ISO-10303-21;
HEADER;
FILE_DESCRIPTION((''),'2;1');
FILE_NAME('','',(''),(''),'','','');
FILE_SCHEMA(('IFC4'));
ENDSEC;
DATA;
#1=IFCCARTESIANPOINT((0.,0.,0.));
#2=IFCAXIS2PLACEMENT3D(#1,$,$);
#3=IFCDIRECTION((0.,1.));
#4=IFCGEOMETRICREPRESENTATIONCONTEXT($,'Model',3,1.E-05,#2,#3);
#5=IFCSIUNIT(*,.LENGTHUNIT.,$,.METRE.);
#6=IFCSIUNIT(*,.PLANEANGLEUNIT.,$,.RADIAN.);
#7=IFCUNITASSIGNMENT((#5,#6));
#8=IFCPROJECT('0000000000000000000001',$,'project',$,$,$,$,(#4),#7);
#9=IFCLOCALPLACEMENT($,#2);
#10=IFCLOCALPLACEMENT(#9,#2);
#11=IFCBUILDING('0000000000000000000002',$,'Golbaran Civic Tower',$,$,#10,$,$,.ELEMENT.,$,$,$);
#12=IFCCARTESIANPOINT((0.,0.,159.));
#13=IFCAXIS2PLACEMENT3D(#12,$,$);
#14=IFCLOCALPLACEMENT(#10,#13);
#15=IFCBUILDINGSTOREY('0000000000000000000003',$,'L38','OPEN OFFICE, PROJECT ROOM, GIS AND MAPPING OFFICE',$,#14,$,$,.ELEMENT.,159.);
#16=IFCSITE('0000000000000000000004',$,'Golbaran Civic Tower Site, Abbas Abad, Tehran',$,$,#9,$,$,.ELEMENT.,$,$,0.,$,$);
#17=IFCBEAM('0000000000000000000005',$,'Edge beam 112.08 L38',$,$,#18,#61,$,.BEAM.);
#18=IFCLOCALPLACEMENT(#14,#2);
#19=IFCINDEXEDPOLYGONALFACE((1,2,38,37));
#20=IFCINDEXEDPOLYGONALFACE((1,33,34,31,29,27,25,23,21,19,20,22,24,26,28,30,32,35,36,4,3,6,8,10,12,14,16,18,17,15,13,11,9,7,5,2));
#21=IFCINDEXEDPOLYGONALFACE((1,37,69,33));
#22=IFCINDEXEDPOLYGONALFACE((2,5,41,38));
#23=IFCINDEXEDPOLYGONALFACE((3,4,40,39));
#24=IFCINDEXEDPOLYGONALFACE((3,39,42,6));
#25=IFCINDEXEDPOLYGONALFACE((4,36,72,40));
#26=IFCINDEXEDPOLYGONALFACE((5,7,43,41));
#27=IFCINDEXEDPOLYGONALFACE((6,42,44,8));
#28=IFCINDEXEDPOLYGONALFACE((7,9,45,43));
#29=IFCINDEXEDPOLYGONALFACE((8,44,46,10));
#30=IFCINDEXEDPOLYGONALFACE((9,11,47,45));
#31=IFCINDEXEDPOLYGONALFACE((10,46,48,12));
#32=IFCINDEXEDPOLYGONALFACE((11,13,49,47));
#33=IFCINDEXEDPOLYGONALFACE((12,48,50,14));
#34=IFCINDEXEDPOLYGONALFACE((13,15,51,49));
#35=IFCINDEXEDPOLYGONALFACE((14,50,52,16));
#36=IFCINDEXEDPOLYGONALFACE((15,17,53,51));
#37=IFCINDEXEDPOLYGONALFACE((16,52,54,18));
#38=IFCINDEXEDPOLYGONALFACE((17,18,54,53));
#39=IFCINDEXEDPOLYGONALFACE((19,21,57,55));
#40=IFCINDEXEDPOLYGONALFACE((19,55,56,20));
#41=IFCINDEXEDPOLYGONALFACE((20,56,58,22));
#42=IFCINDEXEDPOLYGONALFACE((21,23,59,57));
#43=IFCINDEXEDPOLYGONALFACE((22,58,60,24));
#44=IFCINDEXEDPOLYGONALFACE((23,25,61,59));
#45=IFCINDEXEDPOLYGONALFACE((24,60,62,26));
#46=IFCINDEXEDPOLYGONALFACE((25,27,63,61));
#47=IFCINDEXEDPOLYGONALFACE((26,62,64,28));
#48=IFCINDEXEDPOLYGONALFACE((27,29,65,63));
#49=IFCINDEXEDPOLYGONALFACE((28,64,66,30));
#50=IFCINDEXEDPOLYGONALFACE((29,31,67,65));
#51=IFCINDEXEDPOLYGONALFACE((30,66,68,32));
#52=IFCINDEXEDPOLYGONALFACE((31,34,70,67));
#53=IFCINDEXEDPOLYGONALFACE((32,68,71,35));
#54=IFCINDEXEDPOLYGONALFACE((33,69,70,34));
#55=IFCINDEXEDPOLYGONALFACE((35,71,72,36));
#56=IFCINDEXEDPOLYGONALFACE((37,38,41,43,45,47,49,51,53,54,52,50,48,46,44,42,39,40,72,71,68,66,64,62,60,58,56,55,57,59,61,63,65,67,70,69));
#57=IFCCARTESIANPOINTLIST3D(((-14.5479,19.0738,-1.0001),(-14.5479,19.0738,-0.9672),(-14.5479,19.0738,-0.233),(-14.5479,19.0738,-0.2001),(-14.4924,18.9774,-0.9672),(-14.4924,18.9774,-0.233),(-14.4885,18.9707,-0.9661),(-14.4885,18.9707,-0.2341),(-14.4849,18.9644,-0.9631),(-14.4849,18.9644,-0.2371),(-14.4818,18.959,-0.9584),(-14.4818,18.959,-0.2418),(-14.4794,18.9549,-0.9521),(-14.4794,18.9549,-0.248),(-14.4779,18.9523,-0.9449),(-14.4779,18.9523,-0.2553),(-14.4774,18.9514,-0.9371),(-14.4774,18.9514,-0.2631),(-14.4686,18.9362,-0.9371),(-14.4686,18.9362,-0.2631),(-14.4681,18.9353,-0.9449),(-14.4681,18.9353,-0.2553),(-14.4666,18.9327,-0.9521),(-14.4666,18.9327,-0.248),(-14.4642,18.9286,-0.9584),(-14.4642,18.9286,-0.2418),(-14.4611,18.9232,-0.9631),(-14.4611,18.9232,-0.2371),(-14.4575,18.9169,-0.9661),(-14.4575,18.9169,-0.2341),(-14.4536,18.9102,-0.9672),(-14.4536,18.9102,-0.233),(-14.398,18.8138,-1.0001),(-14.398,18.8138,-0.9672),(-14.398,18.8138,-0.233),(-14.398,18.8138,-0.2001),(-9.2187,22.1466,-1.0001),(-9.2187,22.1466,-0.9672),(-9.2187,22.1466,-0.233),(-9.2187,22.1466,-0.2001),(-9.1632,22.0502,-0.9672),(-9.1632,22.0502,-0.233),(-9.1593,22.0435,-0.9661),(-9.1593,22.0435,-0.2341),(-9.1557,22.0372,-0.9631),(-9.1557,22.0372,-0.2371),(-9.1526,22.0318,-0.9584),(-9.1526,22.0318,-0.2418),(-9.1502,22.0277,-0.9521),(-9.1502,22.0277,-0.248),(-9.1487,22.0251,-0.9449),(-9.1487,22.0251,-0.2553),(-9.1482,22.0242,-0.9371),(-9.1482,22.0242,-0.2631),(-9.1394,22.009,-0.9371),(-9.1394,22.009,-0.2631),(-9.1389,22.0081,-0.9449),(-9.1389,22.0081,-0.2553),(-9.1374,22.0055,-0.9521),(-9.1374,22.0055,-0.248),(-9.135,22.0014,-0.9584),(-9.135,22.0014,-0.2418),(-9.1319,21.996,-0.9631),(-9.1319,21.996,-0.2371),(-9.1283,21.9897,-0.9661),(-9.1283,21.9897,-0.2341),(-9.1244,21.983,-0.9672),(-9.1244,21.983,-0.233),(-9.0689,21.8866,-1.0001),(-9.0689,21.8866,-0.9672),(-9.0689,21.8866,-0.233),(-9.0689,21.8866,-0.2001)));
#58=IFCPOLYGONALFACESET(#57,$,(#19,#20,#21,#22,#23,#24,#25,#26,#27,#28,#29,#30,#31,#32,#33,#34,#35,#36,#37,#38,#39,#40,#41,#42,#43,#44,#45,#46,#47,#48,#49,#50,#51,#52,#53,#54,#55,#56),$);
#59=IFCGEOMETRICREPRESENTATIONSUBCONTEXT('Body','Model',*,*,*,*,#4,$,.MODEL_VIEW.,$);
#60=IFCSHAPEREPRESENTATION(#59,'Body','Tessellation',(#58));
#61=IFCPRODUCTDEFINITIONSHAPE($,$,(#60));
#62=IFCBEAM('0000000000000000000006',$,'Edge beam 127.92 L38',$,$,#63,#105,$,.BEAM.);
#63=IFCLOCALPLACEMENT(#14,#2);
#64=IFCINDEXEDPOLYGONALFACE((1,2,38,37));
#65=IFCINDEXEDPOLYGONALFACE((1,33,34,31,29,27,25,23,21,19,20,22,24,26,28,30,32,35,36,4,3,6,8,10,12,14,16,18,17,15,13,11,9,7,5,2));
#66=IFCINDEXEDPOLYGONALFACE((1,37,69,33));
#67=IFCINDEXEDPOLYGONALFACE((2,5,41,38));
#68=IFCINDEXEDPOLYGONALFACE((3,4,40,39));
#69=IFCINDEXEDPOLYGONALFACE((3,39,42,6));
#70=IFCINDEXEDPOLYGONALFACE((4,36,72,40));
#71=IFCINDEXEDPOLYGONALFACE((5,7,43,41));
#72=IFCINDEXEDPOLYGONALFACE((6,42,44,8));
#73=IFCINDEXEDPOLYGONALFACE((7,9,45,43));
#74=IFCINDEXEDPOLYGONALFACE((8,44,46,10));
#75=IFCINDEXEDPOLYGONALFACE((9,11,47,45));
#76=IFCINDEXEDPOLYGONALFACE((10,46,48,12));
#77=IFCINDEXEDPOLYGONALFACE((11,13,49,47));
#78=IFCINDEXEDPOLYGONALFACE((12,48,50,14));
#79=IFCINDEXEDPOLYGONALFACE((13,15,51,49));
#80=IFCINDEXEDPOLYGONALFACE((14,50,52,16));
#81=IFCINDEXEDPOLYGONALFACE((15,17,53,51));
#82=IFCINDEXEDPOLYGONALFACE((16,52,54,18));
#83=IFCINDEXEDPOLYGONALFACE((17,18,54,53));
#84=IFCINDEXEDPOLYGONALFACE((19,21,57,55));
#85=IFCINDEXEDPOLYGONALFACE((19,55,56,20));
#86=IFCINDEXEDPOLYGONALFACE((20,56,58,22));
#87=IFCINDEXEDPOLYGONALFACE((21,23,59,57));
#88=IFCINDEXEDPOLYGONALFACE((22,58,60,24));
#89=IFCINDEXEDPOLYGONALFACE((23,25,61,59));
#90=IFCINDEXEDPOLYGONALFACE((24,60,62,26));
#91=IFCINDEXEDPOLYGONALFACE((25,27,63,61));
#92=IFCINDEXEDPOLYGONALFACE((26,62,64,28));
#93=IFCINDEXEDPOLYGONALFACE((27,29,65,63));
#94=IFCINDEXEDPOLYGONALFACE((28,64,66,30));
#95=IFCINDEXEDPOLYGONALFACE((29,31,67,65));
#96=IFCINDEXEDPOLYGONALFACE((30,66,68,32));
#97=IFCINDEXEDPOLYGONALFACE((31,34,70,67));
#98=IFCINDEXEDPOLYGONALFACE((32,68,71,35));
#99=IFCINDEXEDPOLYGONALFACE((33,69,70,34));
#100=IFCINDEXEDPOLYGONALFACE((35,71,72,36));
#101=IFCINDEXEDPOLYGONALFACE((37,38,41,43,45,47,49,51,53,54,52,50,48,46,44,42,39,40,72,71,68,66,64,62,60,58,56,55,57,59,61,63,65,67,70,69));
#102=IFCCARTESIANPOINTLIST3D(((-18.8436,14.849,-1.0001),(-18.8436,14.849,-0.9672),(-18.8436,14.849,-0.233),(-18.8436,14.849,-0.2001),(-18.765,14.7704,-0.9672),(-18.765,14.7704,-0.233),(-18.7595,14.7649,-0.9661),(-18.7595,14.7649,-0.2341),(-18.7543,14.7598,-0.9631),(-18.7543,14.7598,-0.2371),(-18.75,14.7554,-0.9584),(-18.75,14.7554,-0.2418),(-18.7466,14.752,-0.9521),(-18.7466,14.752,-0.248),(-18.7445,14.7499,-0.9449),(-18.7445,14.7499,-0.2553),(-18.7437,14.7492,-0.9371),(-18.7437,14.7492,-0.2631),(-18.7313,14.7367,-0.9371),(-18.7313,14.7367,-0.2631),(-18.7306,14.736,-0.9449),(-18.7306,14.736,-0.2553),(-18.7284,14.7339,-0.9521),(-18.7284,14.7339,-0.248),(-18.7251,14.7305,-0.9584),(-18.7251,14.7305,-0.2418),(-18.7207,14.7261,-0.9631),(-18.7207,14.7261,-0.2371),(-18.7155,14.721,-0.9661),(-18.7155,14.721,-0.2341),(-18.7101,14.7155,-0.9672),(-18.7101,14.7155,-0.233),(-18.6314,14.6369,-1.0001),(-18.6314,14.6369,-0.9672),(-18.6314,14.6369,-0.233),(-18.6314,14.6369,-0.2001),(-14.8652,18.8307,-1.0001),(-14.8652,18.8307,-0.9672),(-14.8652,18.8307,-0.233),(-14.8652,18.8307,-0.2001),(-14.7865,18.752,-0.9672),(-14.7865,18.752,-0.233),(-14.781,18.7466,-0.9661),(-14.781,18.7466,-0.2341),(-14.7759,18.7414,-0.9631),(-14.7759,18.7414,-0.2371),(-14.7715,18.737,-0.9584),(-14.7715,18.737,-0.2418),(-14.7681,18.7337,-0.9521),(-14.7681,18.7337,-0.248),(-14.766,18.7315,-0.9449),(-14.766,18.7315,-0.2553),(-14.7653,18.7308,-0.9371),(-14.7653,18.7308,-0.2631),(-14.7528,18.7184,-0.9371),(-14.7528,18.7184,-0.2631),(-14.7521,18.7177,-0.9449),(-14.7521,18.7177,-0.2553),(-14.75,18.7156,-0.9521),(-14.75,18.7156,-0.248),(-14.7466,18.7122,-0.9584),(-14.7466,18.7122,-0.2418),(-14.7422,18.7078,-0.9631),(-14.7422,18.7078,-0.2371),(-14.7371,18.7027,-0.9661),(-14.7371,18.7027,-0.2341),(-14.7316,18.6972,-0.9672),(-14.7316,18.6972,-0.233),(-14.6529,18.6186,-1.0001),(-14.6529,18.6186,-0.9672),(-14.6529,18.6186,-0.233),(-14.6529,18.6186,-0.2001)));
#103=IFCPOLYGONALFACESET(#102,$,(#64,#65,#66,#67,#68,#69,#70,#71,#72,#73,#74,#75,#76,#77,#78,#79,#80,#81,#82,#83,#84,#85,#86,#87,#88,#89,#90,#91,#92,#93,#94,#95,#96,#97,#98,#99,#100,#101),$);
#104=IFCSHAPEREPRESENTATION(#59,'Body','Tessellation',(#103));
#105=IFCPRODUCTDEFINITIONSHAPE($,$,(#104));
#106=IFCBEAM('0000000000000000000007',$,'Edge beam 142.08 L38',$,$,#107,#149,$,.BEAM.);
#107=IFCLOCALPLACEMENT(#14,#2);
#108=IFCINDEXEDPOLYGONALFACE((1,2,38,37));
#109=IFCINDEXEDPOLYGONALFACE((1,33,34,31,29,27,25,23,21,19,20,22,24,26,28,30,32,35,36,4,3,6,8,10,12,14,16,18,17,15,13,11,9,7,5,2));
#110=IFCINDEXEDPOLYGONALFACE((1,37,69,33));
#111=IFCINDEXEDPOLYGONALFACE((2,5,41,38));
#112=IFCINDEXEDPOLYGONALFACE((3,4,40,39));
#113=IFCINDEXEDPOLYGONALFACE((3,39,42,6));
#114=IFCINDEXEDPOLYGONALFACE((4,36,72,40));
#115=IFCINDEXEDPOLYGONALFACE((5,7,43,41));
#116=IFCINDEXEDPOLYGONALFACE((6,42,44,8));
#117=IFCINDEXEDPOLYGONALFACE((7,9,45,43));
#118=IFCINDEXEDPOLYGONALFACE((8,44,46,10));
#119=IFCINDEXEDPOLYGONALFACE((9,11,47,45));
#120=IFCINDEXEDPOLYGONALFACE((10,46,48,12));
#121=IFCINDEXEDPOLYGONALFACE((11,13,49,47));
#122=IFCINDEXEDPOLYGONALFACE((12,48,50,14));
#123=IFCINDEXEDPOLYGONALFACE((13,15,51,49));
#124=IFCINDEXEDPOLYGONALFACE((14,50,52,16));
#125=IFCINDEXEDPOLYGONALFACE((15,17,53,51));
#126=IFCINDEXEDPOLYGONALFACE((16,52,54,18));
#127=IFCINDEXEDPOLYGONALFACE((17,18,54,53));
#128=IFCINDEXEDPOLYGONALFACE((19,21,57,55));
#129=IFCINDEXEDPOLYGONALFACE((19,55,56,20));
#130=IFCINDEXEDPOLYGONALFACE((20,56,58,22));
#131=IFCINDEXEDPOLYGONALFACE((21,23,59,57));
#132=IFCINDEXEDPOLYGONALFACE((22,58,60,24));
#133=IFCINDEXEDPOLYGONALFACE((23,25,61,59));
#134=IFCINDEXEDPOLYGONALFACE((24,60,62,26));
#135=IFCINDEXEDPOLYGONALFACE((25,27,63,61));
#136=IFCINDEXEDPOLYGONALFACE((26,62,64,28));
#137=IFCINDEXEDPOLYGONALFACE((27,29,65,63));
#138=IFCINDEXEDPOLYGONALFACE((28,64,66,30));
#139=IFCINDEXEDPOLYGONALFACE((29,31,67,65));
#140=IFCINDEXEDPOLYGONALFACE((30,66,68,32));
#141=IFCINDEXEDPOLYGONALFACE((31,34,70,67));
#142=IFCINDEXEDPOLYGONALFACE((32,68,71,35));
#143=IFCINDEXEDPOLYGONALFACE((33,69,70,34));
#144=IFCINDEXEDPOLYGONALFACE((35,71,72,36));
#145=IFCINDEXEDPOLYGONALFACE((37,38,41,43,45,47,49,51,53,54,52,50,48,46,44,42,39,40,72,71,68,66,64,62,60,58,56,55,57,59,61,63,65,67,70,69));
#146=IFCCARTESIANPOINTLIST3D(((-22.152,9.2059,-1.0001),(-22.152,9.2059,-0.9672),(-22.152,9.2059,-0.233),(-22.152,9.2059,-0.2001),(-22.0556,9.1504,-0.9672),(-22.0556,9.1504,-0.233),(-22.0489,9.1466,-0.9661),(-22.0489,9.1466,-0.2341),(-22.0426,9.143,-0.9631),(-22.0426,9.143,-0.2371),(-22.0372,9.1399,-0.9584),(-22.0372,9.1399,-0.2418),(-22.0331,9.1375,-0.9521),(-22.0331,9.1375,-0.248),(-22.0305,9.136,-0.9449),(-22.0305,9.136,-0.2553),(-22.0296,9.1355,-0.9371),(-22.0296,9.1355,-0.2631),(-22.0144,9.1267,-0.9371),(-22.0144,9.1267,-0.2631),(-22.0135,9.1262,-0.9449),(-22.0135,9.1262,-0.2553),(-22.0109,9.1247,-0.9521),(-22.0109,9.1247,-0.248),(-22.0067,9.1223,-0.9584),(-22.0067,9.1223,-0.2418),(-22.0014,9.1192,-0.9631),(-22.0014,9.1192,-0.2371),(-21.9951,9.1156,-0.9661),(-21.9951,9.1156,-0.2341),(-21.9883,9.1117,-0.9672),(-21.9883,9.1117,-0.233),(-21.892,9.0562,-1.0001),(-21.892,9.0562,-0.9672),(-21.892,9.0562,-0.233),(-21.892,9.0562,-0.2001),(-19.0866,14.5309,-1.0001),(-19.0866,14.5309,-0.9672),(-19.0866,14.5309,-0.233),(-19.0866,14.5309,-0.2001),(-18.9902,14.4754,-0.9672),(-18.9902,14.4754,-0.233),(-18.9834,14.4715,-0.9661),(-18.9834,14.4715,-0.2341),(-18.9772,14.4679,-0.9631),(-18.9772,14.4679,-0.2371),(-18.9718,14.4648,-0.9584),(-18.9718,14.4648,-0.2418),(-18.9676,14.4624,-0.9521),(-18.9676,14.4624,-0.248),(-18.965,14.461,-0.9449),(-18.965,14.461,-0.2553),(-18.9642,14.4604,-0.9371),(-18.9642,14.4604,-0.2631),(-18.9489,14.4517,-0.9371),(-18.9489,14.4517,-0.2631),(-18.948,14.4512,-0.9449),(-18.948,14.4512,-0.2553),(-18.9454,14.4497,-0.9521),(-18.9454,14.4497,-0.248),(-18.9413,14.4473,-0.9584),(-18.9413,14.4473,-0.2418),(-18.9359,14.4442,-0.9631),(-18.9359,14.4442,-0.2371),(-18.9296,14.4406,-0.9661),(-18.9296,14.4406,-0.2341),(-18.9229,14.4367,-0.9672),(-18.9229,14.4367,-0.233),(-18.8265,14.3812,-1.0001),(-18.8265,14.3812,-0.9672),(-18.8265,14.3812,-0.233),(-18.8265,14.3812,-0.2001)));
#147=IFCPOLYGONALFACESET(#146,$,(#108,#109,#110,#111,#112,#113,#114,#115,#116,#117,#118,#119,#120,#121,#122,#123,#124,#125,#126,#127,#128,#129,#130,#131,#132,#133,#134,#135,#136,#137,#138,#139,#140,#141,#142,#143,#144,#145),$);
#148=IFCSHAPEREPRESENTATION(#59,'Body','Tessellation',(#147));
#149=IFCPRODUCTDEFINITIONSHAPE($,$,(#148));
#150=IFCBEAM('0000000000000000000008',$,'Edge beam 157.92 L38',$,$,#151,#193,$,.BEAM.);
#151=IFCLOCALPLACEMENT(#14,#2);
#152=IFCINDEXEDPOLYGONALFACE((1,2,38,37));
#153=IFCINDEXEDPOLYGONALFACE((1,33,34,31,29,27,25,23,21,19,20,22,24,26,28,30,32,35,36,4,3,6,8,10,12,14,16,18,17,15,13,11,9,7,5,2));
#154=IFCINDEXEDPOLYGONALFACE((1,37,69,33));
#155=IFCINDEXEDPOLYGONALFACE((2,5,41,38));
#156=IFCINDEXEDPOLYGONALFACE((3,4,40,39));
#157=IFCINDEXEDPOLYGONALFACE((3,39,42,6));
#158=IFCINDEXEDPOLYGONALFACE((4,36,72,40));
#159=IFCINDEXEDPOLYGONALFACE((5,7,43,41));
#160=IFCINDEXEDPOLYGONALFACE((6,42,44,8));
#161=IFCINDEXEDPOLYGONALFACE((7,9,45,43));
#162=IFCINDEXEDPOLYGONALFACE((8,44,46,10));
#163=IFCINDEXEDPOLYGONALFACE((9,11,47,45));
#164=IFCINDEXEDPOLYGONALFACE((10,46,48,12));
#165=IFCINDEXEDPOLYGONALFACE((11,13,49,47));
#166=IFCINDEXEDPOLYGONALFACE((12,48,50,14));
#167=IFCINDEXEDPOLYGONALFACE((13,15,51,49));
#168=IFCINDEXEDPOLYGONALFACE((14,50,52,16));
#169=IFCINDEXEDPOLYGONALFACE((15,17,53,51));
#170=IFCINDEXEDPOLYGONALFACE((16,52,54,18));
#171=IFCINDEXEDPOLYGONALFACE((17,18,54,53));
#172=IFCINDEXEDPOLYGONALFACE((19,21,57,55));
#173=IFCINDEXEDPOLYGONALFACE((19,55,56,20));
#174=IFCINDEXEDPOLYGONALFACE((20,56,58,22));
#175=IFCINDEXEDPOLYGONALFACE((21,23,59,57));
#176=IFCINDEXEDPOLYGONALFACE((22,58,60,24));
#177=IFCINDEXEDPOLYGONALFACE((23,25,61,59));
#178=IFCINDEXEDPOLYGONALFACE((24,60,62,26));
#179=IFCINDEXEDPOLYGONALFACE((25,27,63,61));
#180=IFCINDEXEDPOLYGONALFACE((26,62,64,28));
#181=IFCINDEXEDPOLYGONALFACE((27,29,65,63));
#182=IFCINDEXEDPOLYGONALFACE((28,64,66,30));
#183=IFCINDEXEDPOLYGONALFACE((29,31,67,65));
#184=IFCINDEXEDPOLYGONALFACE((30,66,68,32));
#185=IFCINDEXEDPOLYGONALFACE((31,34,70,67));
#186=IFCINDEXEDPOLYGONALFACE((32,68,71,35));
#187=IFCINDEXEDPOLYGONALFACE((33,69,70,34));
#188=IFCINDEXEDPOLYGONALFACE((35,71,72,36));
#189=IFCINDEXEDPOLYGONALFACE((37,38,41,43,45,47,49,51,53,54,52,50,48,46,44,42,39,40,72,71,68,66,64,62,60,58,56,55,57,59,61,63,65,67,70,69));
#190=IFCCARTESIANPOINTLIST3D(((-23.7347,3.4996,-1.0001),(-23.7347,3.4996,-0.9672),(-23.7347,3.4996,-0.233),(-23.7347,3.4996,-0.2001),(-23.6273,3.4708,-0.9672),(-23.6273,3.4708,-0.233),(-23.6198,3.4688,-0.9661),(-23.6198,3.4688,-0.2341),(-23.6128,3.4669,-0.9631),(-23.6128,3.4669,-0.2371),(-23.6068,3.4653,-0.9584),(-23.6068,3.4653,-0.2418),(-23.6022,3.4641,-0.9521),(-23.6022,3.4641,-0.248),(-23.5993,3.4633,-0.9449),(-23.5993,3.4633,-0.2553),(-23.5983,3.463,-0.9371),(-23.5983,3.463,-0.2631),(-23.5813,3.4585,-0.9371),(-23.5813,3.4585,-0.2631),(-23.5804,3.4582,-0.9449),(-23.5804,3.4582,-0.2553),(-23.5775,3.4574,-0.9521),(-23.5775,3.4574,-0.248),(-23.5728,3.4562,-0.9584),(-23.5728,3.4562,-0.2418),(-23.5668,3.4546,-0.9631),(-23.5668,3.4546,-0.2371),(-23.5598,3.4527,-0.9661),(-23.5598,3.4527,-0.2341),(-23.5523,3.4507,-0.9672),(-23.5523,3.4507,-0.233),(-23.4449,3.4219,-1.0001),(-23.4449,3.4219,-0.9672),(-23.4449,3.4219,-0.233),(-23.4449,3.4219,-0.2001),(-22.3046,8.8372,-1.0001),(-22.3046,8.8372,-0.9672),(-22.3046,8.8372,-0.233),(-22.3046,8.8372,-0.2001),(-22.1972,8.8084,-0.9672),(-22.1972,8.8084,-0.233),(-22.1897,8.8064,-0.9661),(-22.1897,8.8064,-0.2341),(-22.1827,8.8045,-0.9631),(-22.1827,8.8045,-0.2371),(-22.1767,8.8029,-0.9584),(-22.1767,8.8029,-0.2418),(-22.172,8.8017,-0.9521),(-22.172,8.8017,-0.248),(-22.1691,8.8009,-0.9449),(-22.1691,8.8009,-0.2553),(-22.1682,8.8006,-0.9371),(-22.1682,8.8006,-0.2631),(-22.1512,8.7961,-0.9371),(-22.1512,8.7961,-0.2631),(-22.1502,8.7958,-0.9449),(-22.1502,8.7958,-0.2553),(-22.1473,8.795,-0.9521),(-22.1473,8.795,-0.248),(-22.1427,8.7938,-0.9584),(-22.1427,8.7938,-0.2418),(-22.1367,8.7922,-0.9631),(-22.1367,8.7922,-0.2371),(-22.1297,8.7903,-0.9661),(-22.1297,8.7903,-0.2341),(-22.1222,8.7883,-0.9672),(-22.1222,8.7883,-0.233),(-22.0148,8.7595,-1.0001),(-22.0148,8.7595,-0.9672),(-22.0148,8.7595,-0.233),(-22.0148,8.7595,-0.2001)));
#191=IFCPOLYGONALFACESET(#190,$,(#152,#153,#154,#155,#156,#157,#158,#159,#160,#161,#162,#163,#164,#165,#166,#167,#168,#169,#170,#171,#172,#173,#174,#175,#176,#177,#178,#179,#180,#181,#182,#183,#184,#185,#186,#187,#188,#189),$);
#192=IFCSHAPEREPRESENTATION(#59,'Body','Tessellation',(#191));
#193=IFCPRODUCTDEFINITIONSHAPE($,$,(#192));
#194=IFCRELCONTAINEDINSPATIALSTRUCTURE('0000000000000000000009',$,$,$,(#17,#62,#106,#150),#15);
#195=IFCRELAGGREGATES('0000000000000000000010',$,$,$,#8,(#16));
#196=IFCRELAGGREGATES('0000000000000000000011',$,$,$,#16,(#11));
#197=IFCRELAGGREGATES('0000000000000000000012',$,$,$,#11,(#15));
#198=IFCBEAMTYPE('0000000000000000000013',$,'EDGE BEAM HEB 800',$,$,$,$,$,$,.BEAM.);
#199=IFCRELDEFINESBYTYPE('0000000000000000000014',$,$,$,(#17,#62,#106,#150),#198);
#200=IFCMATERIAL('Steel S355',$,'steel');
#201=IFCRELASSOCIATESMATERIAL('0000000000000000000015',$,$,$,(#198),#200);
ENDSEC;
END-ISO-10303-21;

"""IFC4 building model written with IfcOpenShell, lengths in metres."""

from ifc_helpers import new_model, si_unit, direction, frame, origin, origin_2d, place, context, subcontext, project, spatial, i_section, extrude, material, material_profile, profile_set, type_object, element, save


model = new_model("IFC4")

# Units and contexts
model_context = context("Model", 3, precision=1e-05, world=origin(), true_north=direction((0.0, 1.0)))
body_context = subcontext(model_context, "Body", "Model", "MODEL_VIEW")
ifc_project = project(units=[si_unit("LENGTHUNIT", "METRE"), si_unit("PLANEANGLEUNIT", "RADIAN")], contexts=[model_context])

# Site, building, storey
site_placement = place(None, origin())
site = spatial("IfcSite", under=ifc_project, at=site_placement, Name="Golbaran Civic Tower Site, Abbas Abad, Tehran", CompositionType="ELEMENT", RefElevation=0.0)
building_placement = place(site_placement, origin())
building = spatial("IfcBuilding", under=site, at=building_placement, Name="Golbaran Civic Tower", CompositionType="ELEMENT")
storey_placement = place(building_placement, frame((0.0, 0.0, 159.0)))
storey = spatial("IfcBuildingStorey", under=building, at=storey_placement, Name="L38", Description="OPEN OFFICE, PROJECT ROOM, GIS AND MAPPING OFFICE", CompositionType="ELEMENT", Elevation=159.0)

# Beams
ifc_material_1 = material(Name="Steel S355", Category="steel")
ifc_material_profile_1 = material_profile(ifc_material_1, i_section(OverallWidth=0.3, OverallDepth=0.8, WebThickness=0.0176, FlangeThickness=0.033, FilletRadius=0.03, at=origin_2d()), Name="HEB 800")
ifc_profile_set_1 = profile_set([ifc_material_profile_1], Name="Steel S355")
beam_type_1 = type_object("IfcBeamType", Name="EDGE BEAM HEB 800", PredefinedType="BEAM", material=ifc_profile_set_1)
beam_1_placement = place(storey_placement, frame((-9.1438, 22.0166, -0.6001), z_axis=(-0.866307, -0.499512, 0.0), x_axis=(0.499512, -0.866307, 0.0)))
element("IfcBeam", 1, at=beam_1_placement, inside=storey, type_object=beam_type_1, Name="Edge beam 112.08 L38", PredefinedType="BEAM", context=body_context, shape_type="SweptSolid", body=[
    extrude(i_section(OverallWidth=0.3, OverallDepth=0.8, WebThickness=0.0176, FlangeThickness=0.033, FilletRadius=0.03, at=origin_2d()), origin(), (0.0, 0.0, 1.0), 6.1516),
])
beam_2_placement = place(storey_placement, frame((-14.759, 18.7246, -0.6001), z_axis=(-0.706825, -0.707389, 0.0), x_axis=(0.707389, -0.706825, 0.0)))
element("IfcBeam", 2, at=beam_2_placement, inside=storey, type_object=beam_type_1, Name="Edge beam 127.92 L38", PredefinedType="BEAM", context=body_context, shape_type="SweptSolid", body=[
    extrude(i_section(OverallWidth=0.3, OverallDepth=0.8, WebThickness=0.0176, FlangeThickness=0.033, FilletRadius=0.03, at=origin_2d()), origin(), (0.0, 0.0, 1.0), 5.6287),
])
beam_3_placement = place(storey_placement, frame((-18.9565, 14.4561, -0.6001), z_axis=(-0.498909, -0.866654, 0.0), x_axis=(0.866654, -0.498909, 0.0)))
element("IfcBeam", 3, at=beam_3_placement, inside=storey, type_object=beam_type_1, Name="Edge beam 142.08 L38", PredefinedType="BEAM", context=body_context, shape_type="SweptSolid", body=[
    extrude(i_section(OverallWidth=0.3, OverallDepth=0.8, WebThickness=0.0176, FlangeThickness=0.033, FilletRadius=0.03, at=origin_2d()), origin(), (0.0, 0.0, 1.0), 6.1443),
])
beam_4_placement = place(storey_placement, frame((-22.1597, 8.7983, -0.6001), z_axis=(-0.258812, -0.965928, 0.0), x_axis=(0.965928, -0.258812, 0.0)))
element("IfcBeam", 4, at=beam_4_placement, inside=storey, type_object=beam_type_1, Name="Edge beam 157.92 L38", PredefinedType="BEAM", context=body_context, shape_type="SweptSolid", body=[
    extrude(i_section(OverallWidth=0.3, OverallDepth=0.8, WebThickness=0.0176, FlangeThickness=0.033, FilletRadius=0.03, at=origin_2d()), origin(), (0.0, 0.0, 1.0), 5.5259),
])

save(model, "model.ifc")
